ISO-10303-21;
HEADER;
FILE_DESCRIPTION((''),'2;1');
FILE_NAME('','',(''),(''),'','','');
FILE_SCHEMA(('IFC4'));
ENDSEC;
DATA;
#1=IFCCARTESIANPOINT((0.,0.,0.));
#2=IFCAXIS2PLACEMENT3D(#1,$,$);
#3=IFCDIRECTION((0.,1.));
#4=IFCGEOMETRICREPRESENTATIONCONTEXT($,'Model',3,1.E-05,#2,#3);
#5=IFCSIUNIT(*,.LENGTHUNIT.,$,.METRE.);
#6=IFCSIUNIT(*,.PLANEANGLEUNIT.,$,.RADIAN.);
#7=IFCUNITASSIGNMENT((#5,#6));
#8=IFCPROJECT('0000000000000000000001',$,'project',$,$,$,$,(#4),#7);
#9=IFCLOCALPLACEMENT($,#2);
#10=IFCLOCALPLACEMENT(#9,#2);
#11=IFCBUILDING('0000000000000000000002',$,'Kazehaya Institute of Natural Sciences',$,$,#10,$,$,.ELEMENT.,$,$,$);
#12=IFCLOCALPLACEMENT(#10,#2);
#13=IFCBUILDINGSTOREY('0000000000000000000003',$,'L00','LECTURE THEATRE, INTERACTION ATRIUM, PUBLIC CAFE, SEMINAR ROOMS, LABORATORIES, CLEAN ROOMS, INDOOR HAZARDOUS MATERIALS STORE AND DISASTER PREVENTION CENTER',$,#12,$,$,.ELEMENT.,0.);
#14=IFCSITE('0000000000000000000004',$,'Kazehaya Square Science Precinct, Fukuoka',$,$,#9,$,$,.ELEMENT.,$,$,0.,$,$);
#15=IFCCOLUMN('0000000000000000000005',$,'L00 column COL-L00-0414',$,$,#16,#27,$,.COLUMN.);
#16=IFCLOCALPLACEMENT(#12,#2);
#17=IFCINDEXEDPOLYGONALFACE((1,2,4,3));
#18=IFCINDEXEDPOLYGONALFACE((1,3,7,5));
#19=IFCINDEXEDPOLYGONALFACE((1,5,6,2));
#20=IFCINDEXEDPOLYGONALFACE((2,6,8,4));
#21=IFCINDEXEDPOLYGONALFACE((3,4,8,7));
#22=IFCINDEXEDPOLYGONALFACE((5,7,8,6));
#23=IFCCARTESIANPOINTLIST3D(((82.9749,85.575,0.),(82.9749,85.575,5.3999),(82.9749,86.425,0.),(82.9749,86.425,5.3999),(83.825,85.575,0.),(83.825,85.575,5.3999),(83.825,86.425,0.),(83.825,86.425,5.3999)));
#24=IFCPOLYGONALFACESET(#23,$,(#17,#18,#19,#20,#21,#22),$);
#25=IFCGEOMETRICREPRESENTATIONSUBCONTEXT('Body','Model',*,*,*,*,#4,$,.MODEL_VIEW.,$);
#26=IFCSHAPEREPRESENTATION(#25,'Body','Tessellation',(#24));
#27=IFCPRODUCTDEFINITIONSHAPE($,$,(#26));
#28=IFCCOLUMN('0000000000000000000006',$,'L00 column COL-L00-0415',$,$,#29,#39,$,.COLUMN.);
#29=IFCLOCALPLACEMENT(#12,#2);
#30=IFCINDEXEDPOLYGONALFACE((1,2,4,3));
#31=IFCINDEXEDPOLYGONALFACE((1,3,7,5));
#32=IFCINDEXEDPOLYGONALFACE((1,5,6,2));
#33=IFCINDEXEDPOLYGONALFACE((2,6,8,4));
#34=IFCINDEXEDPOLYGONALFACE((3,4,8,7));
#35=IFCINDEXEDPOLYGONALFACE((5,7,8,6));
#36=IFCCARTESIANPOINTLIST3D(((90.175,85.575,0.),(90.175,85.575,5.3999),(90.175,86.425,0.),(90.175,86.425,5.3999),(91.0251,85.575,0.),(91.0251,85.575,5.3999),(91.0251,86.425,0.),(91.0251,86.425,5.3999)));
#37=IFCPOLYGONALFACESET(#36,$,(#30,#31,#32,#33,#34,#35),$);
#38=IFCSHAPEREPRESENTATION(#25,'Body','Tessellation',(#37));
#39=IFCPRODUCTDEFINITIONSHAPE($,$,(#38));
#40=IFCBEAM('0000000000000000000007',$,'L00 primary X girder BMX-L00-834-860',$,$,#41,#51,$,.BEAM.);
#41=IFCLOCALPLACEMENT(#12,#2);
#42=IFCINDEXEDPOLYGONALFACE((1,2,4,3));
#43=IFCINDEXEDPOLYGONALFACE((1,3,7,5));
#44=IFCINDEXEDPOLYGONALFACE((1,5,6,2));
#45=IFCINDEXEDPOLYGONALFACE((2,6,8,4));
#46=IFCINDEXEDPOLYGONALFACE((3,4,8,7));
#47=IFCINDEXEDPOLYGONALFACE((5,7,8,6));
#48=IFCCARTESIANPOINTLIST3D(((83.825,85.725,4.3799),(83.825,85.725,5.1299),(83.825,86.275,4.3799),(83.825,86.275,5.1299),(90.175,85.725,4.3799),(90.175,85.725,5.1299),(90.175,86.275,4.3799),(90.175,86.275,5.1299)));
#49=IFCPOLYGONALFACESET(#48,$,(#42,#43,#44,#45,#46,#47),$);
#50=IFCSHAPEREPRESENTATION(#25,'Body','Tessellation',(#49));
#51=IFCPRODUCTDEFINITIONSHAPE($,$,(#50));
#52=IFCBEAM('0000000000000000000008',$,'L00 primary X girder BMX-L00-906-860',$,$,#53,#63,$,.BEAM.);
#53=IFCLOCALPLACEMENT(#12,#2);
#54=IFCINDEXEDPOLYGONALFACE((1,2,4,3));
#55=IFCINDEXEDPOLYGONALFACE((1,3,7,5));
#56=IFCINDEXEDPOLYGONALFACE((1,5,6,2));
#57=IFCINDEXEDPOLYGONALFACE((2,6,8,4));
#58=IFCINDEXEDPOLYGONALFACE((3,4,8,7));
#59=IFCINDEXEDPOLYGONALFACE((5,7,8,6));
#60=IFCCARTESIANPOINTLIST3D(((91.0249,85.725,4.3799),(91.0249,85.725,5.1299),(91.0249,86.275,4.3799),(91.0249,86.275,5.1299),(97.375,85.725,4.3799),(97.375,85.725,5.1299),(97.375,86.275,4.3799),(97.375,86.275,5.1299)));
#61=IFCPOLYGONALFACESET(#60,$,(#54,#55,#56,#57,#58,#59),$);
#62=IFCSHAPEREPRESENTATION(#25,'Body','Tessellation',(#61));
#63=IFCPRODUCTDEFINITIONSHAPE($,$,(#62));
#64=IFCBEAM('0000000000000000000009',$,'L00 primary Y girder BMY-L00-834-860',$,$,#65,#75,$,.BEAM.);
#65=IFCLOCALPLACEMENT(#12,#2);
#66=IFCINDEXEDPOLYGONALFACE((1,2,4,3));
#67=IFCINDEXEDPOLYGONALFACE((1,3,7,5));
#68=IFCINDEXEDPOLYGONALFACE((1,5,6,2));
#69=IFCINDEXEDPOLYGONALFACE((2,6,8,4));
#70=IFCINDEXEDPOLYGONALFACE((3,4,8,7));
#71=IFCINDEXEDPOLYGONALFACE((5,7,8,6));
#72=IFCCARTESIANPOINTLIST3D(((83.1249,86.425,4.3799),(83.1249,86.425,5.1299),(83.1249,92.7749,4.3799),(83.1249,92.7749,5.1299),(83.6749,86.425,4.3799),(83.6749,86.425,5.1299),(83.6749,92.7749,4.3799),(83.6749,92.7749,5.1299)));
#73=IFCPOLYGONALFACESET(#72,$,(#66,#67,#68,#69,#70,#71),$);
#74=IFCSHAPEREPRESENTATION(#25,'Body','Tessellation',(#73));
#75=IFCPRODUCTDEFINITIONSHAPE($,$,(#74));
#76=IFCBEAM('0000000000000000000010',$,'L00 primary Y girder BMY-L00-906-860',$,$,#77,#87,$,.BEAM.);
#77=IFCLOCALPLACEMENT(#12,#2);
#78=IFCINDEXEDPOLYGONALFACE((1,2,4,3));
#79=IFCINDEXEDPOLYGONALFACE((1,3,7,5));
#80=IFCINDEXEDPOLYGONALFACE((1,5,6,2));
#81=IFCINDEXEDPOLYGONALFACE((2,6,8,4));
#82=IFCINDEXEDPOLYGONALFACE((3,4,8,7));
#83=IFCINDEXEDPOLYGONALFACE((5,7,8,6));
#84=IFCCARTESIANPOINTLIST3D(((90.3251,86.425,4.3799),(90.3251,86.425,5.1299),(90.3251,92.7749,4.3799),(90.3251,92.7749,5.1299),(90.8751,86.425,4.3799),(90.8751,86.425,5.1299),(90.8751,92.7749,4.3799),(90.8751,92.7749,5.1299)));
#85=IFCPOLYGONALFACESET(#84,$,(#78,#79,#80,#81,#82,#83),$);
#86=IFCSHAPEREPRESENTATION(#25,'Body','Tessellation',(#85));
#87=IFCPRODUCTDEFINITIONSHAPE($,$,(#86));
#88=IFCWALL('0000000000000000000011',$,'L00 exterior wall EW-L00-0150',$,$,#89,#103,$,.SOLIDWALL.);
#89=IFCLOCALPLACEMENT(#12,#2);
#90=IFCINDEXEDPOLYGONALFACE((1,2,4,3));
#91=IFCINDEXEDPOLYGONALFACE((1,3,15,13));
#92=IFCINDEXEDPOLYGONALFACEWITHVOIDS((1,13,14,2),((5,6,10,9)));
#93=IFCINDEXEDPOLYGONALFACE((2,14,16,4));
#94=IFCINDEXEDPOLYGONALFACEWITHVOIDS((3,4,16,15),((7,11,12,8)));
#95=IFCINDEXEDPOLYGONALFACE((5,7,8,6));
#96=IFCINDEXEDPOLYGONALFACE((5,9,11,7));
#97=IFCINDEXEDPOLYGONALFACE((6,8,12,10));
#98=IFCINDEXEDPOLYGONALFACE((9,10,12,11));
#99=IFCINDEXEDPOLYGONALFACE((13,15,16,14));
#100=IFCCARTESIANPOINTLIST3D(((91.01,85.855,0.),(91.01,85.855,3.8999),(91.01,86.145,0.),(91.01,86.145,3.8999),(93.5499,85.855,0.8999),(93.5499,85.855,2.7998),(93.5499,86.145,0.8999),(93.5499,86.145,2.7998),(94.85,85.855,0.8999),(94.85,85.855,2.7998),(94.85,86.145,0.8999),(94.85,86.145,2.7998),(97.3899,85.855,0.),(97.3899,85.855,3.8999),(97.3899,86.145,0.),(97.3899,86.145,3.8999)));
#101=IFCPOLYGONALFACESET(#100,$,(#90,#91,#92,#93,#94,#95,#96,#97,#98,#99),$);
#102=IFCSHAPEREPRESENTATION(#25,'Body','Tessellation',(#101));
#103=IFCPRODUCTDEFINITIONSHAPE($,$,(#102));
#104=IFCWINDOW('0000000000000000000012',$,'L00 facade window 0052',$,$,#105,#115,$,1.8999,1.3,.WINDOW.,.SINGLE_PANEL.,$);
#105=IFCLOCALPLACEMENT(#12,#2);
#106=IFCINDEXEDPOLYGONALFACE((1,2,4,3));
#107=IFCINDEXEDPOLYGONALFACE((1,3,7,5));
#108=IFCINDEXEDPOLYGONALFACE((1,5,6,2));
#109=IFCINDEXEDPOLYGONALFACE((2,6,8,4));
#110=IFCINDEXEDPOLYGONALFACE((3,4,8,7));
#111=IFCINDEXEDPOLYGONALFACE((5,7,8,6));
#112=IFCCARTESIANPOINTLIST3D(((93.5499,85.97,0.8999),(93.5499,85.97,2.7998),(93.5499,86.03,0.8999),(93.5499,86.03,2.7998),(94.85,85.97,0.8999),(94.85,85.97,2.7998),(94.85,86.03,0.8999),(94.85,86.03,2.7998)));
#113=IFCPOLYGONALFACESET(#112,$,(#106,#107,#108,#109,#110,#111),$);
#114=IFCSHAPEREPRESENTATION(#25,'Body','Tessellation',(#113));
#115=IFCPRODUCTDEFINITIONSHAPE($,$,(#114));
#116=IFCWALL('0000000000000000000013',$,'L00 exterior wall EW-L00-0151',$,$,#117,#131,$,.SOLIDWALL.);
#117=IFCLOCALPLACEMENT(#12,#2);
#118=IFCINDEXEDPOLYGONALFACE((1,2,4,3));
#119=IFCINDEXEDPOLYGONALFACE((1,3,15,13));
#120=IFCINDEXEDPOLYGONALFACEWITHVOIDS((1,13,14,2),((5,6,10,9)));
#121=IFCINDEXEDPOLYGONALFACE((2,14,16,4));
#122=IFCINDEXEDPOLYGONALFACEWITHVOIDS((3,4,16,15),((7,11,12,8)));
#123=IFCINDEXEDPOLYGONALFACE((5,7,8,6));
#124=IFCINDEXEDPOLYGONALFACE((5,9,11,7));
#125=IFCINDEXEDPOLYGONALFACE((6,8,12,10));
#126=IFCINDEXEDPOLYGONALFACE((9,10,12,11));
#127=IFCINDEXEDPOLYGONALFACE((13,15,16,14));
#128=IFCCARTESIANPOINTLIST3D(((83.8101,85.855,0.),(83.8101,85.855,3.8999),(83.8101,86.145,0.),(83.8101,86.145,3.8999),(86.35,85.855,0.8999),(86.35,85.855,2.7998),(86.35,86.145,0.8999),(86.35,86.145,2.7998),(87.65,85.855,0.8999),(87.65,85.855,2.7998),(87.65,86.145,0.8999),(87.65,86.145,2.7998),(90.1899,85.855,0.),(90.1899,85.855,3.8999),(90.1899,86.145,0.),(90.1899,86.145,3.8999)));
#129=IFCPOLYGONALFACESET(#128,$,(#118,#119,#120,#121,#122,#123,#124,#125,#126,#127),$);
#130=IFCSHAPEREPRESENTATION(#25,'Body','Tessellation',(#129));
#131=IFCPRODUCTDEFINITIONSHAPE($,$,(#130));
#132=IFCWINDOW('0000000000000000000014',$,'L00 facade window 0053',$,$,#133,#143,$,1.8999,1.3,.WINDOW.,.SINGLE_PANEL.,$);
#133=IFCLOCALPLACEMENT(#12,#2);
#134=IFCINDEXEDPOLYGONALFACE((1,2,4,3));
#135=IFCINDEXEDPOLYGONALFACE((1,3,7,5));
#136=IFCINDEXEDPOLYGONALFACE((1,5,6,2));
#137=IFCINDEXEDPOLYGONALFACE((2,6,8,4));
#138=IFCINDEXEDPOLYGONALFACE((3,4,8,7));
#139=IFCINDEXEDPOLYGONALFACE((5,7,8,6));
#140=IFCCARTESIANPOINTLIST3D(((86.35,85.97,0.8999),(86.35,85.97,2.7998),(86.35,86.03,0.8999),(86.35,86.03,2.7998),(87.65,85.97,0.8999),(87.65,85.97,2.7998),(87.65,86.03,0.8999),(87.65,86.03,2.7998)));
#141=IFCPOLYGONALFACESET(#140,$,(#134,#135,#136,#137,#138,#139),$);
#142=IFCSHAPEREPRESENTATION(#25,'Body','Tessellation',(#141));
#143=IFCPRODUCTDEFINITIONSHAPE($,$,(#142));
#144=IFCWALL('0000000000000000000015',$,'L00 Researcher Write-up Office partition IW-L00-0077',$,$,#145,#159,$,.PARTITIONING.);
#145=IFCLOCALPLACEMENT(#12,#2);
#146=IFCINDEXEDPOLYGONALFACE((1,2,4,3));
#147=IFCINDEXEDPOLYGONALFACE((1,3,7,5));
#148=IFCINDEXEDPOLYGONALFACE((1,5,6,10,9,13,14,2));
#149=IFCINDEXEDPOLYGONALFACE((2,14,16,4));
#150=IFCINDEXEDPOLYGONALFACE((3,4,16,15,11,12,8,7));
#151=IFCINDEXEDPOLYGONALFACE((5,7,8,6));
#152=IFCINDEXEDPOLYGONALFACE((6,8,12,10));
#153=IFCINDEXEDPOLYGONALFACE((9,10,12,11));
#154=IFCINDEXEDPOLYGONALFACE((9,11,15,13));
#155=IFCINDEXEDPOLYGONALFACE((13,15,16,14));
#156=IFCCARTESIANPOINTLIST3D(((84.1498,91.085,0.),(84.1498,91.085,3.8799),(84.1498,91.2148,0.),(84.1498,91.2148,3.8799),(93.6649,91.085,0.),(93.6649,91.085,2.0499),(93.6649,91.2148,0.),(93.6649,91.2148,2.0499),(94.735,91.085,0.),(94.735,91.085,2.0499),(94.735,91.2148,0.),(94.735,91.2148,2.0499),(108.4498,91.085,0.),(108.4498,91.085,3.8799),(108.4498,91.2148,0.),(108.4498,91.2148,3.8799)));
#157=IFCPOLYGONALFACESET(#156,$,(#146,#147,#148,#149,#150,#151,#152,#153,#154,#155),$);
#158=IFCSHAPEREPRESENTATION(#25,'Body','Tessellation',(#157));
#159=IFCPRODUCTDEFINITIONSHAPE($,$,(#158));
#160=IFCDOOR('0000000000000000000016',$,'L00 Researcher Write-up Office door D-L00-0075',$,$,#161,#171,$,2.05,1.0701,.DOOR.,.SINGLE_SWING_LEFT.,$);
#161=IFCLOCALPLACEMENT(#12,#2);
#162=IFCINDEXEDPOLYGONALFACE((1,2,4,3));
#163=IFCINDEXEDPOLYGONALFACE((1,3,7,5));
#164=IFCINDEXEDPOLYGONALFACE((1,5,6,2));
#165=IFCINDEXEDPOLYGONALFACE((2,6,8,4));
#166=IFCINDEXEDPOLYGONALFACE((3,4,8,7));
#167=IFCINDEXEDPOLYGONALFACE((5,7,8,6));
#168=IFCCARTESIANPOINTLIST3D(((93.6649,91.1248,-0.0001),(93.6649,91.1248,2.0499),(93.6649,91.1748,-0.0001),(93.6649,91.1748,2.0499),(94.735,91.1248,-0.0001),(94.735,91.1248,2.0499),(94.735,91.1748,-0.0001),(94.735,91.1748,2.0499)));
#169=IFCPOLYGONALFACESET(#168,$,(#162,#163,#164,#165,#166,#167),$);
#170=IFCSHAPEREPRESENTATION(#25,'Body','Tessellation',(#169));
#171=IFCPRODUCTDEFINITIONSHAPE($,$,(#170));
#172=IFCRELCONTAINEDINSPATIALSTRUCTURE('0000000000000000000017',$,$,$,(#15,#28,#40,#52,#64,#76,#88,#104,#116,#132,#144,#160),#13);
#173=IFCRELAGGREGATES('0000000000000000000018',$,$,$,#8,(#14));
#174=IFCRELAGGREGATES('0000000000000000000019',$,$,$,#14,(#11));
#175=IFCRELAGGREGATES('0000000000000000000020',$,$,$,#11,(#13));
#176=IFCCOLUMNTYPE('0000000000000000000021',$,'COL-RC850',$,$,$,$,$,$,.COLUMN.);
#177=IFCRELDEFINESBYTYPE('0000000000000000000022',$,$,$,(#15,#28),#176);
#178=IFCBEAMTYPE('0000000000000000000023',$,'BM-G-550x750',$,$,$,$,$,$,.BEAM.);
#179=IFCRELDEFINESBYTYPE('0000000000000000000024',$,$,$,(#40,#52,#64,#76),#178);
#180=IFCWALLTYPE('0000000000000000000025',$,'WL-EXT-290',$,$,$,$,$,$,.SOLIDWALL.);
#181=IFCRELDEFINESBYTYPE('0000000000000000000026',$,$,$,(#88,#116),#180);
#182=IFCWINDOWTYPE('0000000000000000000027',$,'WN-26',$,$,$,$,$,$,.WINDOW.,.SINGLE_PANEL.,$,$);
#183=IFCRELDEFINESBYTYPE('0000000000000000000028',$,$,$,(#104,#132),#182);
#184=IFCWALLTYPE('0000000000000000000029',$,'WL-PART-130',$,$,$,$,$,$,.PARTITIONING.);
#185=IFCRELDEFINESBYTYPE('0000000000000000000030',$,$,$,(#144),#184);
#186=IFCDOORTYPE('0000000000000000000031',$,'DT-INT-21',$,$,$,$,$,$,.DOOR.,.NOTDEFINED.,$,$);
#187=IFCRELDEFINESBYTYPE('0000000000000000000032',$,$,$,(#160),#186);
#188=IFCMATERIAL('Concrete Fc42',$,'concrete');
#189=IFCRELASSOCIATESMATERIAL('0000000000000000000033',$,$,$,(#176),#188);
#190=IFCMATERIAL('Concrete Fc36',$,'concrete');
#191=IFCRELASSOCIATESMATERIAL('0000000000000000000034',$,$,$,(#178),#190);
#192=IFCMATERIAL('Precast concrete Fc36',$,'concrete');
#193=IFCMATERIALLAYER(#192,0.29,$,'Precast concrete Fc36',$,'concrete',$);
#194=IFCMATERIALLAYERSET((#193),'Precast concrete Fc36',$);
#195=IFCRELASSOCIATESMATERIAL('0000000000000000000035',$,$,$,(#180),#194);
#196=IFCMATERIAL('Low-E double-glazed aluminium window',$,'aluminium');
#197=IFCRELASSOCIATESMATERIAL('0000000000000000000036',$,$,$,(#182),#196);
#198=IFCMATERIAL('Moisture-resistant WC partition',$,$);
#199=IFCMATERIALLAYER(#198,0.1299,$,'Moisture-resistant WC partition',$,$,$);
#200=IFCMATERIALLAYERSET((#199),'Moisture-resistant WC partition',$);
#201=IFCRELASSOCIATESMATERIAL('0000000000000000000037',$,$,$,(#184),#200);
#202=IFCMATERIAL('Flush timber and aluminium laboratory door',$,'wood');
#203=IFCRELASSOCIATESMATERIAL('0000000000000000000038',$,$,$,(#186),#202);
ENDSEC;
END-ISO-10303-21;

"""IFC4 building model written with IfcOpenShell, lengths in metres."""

from ifc_helpers import new_model, si_unit, direction, frame, frame_2d, origin, origin_2d, place, context, subcontext, project, spatial, rectangle, extrude, material, layer, layer_set, material_profile, profile_set, type_object, element, fill, save


model = new_model("IFC4")

# Units and contexts
model_context = context("Model", 3, precision=1e-05, world=origin(), true_north=direction((0.0, 1.0)))
body_context = subcontext(model_context, "Body", "Model", "MODEL_VIEW")
ifc_project = project(units=[si_unit("LENGTHUNIT", "METRE"), si_unit("PLANEANGLEUNIT", "RADIAN")], contexts=[model_context])

# Site, building, storey
site_placement = place(None, origin())
site = spatial("IfcSite", under=ifc_project, at=site_placement, Name="Kazehaya Square Science Precinct, Fukuoka", CompositionType="ELEMENT", RefElevation=0.0)
building_placement = place(site_placement, origin())
building = spatial("IfcBuilding", under=site, at=building_placement, Name="Kazehaya Institute of Natural Sciences", CompositionType="ELEMENT")
storey_placement = place(building_placement, origin())
storey = spatial("IfcBuildingStorey", under=building, at=storey_placement, Name="L00", Description="LECTURE THEATRE, INTERACTION ATRIUM, PUBLIC CAFE, SEMINAR ROOMS, LABORATORIES, CLEAN ROOMS, INDOOR HAZARDOUS MATERIALS STORE AND DISASTER PREVENTION CENTER", CompositionType="ELEMENT", Elevation=0.0)

# Columns
ifc_material_1 = material(Name="Concrete Fc42", Category="concrete")
ifc_material_profile_1 = material_profile(ifc_material_1, rectangle(XDim=0.8501, YDim=0.8501, at=origin_2d()), Name="RC-850x850")
ifc_profile_set_1 = profile_set([ifc_material_profile_1], Name="Concrete Fc42")
column_type = type_object("IfcColumnType", Name="COL-RC850", PredefinedType="COLUMN", material=ifc_profile_set_1)
for number, where, z_axis, x_axis, name in (
    (1, (83.3999, 86.0, 0.0), (0.0, 0.0, 1.0), (1.0, 0.0, 0.0), "L00 column COL-L00-0414"),
    (2, (90.6001, 86.0, 0.0), (0.0, 0.0, 1.0), (1.0, 0.0, 0.0), "L00 column COL-L00-0415"),
):
    element("IfcColumn", number, at=place(storey_placement, frame(where, z_axis=z_axis, x_axis=x_axis)), inside=storey, type_object=column_type, Name=name, PredefinedType="COLUMN", context=body_context, shape_type="SweptSolid", body=[
        extrude(rectangle(XDim=0.8501, YDim=0.8501, at=origin_2d()), origin(), (0.0, 0.0, 1.0), 5.3999),
    ])

# Beams
ifc_material_2 = material(Name="Concrete Fc36", Category="concrete")
ifc_material_profile_2 = material_profile(ifc_material_2, rectangle(XDim=0.55, YDim=0.75, at=origin_2d()), Name="RC-550x750")
ifc_profile_set_2 = profile_set([ifc_material_profile_2], Name="Concrete Fc36")
beam_type = type_object("IfcBeamType", Name="BM-G-550x750", PredefinedType="BEAM", material=ifc_profile_set_2)
for number, where, z_axis, x_axis, name in (
    (3, (83.825, 86.0, 4.7549), (1.0, 0.0, 0.0), (0.0, 1.0, 0.0), "L00 primary X girder BMX-L00-834-860"),
    (4, (91.0249, 86.0, 4.7549), (1.0, 0.0, 0.0), (0.0, 1.0, 0.0), "L00 primary X girder BMX-L00-906-860"),
):
    element("IfcBeam", number, at=place(storey_placement, frame(where, z_axis=z_axis, x_axis=x_axis)), inside=storey, type_object=beam_type, Name=name, PredefinedType="BEAM", context=body_context, shape_type="SweptSolid", body=[
        extrude(rectangle(XDim=0.55, YDim=0.75, at=origin_2d()), origin(), (0.0, 0.0, 1.0), 6.3501),
    ])
for number, where, z_axis, x_axis, name in (
    (5, (83.3999, 86.425, 4.7549), (0.0, 1.0, 0.0), (-1.0, 0.0, 0.0), "L00 primary Y girder BMY-L00-834-860"),
    (6, (90.6001, 86.425, 4.7549), (0.0, 1.0, 0.0), (-1.0, 0.0, 0.0), "L00 primary Y girder BMY-L00-906-860"),
):
    element("IfcBeam", number, at=place(storey_placement, frame(where, z_axis=z_axis, x_axis=x_axis)), inside=storey, type_object=beam_type, Name=name, PredefinedType="BEAM", context=body_context, shape_type="SweptSolid", body=[
        extrude(rectangle(XDim=0.55, YDim=0.75, at=origin_2d()), origin(), (0.0, 0.0, 1.0), 6.3499),
    ])

# Walls, openings, windows
ifc_material_3 = material(Name="Precast concrete Fc36", Category="concrete")
ifc_layer_1 = layer(ifc_material_3, 0.29, Name="Precast concrete Fc36", Category="concrete")
ifc_layer_set_1 = layer_set([ifc_layer_1], Name="Precast concrete Fc36")
wall_type_1 = type_object("IfcWallType", Name="WL-EXT-290", PredefinedType="SOLIDWALL", material=ifc_layer_set_1)
wall_1_placement = place(storey_placement, frame((97.3899, 86.0, 0.0), z_axis=(0.0, 0.0, 1.0), x_axis=(-1.0, 0.0, 0.0)))
wall_1 = element("IfcWall", 7, at=wall_1_placement, inside=storey, type_object=wall_type_1, Name="L00 exterior wall EW-L00-0150", PredefinedType="SOLIDWALL", context=body_context, shape_type="SweptSolid", body=[
    extrude(rectangle(XDim=6.3799, YDim=0.29, at=frame_2d((3.1899, 0.0))), origin(), (0.0, 0.0, 1.0), 3.8999),
])
opening_1_placement = place(wall_1_placement, frame((2.54, 0.0, 0.8999)))
opening_1 = element("IfcOpeningElement", 8, at=opening_1_placement, cuts=wall_1, PredefinedType="OPENING", context=body_context, shape_type="SweptSolid", body=[
    extrude(rectangle(XDim=1.3, YDim=1.8999, at=frame_2d((0.6499, 0.95))), frame((0.0, 0.155, 0.0), z_axis=(0.0, -1.0, 0.0), x_axis=(1.0, 0.0, 0.0)), (0.0, 0.0, 1.0), 0.3101),
])
ifc_material_4 = material(Name="Low-E double-glazed aluminium window", Category="aluminium")
window_type = type_object("IfcWindowType", Name="WN-26", PartitioningType="SINGLE_PANEL", PredefinedType="WINDOW", material=ifc_material_4)
window_1_placement = place(opening_1_placement, origin())
window_1 = element("IfcWindow", 9, at=window_1_placement, inside=storey, type_object=window_type, Name="L00 facade window 0052", OverallHeight=1.8999, OverallWidth=1.3, PartitioningType="SINGLE_PANEL", PredefinedType="WINDOW", context=body_context, shape_type="SweptSolid", body=[
    extrude(rectangle(XDim=1.3, YDim=1.8999, at=frame_2d((0.6499, 0.95))), frame((0.0, 0.03, 0.0), z_axis=(0.0, -1.0, 0.0), x_axis=(1.0, 0.0, 0.0)), (0.0, 0.0, 1.0), 0.0601),
])
fill(opening_1, window_1)
wall_2_placement = place(storey_placement, frame((90.1899, 86.0, 0.0), z_axis=(0.0, 0.0, 1.0), x_axis=(-1.0, 0.0, 0.0)))
wall_2 = element("IfcWall", 10, at=wall_2_placement, inside=storey, type_object=wall_type_1, Name="L00 exterior wall EW-L00-0151", PredefinedType="SOLIDWALL", context=body_context, shape_type="SweptSolid", body=[
    extrude(rectangle(XDim=6.3799, YDim=0.29, at=frame_2d((3.1899, 0.0))), origin(), (0.0, 0.0, 1.0), 3.8999),
])
opening_2_placement = place(wall_2_placement, frame((2.54, 0.0, 0.8999)))
opening_2 = element("IfcOpeningElement", 11, at=opening_2_placement, cuts=wall_2, PredefinedType="OPENING", context=body_context, shape_type="SweptSolid", body=[
    extrude(rectangle(XDim=1.3, YDim=1.8999, at=frame_2d((0.6499, 0.95))), frame((0.0, 0.155, 0.0), z_axis=(0.0, -1.0, 0.0), x_axis=(1.0, 0.0, 0.0)), (0.0, 0.0, 1.0), 0.3101),
])
window_2_placement = place(opening_2_placement, origin())
window_2 = element("IfcWindow", 12, at=window_2_placement, inside=storey, type_object=window_type, Name="L00 facade window 0053", OverallHeight=1.8999, OverallWidth=1.3, PartitioningType="SINGLE_PANEL", PredefinedType="WINDOW", context=body_context, shape_type="SweptSolid", body=[
    extrude(rectangle(XDim=1.3, YDim=1.8999, at=frame_2d((0.6499, 0.95))), frame((0.0, 0.03, 0.0), z_axis=(0.0, -1.0, 0.0), x_axis=(1.0, 0.0, 0.0)), (0.0, 0.0, 1.0), 0.0601),
])
fill(opening_2, window_2)

# Wall, opening, door
ifc_material_5 = material(Name="Moisture-resistant WC partition")
ifc_layer_2 = layer(ifc_material_5, 0.1299, Name="Moisture-resistant WC partition")
ifc_layer_set_2 = layer_set([ifc_layer_2], Name="Moisture-resistant WC partition")
wall_type_2 = type_object("IfcWallType", Name="WL-PART-130", PredefinedType="PARTITIONING", material=ifc_layer_set_2)
wall_3_placement = place(storey_placement, frame((84.1499, 91.1499, 0.0), z_axis=(0.0, 0.0, 1.0), x_axis=(1.0, 0.0, 0.0)))
wall_3 = element("IfcWall", 13, at=wall_3_placement, inside=storey, type_object=wall_type_2, Name="L00 Researcher Write-up Office partition IW-L00-0077", PredefinedType="PARTITIONING", context=body_context, shape_type="SweptSolid", body=[
    extrude(rectangle(XDim=24.3, YDim=0.1299, at=frame_2d((12.1499, 0.0))), origin(), (0.0, 0.0, 1.0), 3.8799),
])
opening_3_placement = place(wall_3_placement, frame((9.5149, 0.0, 0.0)))
opening_3 = element("IfcOpeningElement", 14, at=opening_3_placement, cuts=wall_3, PredefinedType="OPENING", context=body_context, shape_type="SweptSolid", body=[
    extrude(rectangle(XDim=1.0701, YDim=2.05, at=frame_2d((0.5352, 1.0249))), frame((0.0, 0.075, 0.0), z_axis=(0.0, -1.0, 0.0), x_axis=(1.0, 0.0, 0.0)), (0.0, 0.0, 1.0), 0.1499),
])
ifc_material_6 = material(Name="Flush timber and aluminium laboratory door", Category="wood")
door_type = type_object("IfcDoorType", Name="DT-INT-21", OperationType="NOTDEFINED", PredefinedType="DOOR", material=ifc_material_6)
door_placement = place(opening_3_placement, origin())
door = element("IfcDoor", 15, at=door_placement, inside=storey, type_object=door_type, Name="L00 Researcher Write-up Office door D-L00-0075", OperationType="SINGLE_SWING_LEFT", OverallHeight=2.05, OverallWidth=1.0701, PredefinedType="DOOR", context=body_context, shape_type="SweptSolid", body=[
    extrude(rectangle(XDim=1.0701, YDim=2.05, at=frame_2d((0.5352, 1.0249))), frame((0.0, 0.0249, 0.0), z_axis=(0.0, -1.0, 0.0), x_axis=(1.0, 0.0, 0.0)), (0.0, 0.0, 1.0), 0.05),
])
fill(opening_3, door)

save(model, "model.ifc")
